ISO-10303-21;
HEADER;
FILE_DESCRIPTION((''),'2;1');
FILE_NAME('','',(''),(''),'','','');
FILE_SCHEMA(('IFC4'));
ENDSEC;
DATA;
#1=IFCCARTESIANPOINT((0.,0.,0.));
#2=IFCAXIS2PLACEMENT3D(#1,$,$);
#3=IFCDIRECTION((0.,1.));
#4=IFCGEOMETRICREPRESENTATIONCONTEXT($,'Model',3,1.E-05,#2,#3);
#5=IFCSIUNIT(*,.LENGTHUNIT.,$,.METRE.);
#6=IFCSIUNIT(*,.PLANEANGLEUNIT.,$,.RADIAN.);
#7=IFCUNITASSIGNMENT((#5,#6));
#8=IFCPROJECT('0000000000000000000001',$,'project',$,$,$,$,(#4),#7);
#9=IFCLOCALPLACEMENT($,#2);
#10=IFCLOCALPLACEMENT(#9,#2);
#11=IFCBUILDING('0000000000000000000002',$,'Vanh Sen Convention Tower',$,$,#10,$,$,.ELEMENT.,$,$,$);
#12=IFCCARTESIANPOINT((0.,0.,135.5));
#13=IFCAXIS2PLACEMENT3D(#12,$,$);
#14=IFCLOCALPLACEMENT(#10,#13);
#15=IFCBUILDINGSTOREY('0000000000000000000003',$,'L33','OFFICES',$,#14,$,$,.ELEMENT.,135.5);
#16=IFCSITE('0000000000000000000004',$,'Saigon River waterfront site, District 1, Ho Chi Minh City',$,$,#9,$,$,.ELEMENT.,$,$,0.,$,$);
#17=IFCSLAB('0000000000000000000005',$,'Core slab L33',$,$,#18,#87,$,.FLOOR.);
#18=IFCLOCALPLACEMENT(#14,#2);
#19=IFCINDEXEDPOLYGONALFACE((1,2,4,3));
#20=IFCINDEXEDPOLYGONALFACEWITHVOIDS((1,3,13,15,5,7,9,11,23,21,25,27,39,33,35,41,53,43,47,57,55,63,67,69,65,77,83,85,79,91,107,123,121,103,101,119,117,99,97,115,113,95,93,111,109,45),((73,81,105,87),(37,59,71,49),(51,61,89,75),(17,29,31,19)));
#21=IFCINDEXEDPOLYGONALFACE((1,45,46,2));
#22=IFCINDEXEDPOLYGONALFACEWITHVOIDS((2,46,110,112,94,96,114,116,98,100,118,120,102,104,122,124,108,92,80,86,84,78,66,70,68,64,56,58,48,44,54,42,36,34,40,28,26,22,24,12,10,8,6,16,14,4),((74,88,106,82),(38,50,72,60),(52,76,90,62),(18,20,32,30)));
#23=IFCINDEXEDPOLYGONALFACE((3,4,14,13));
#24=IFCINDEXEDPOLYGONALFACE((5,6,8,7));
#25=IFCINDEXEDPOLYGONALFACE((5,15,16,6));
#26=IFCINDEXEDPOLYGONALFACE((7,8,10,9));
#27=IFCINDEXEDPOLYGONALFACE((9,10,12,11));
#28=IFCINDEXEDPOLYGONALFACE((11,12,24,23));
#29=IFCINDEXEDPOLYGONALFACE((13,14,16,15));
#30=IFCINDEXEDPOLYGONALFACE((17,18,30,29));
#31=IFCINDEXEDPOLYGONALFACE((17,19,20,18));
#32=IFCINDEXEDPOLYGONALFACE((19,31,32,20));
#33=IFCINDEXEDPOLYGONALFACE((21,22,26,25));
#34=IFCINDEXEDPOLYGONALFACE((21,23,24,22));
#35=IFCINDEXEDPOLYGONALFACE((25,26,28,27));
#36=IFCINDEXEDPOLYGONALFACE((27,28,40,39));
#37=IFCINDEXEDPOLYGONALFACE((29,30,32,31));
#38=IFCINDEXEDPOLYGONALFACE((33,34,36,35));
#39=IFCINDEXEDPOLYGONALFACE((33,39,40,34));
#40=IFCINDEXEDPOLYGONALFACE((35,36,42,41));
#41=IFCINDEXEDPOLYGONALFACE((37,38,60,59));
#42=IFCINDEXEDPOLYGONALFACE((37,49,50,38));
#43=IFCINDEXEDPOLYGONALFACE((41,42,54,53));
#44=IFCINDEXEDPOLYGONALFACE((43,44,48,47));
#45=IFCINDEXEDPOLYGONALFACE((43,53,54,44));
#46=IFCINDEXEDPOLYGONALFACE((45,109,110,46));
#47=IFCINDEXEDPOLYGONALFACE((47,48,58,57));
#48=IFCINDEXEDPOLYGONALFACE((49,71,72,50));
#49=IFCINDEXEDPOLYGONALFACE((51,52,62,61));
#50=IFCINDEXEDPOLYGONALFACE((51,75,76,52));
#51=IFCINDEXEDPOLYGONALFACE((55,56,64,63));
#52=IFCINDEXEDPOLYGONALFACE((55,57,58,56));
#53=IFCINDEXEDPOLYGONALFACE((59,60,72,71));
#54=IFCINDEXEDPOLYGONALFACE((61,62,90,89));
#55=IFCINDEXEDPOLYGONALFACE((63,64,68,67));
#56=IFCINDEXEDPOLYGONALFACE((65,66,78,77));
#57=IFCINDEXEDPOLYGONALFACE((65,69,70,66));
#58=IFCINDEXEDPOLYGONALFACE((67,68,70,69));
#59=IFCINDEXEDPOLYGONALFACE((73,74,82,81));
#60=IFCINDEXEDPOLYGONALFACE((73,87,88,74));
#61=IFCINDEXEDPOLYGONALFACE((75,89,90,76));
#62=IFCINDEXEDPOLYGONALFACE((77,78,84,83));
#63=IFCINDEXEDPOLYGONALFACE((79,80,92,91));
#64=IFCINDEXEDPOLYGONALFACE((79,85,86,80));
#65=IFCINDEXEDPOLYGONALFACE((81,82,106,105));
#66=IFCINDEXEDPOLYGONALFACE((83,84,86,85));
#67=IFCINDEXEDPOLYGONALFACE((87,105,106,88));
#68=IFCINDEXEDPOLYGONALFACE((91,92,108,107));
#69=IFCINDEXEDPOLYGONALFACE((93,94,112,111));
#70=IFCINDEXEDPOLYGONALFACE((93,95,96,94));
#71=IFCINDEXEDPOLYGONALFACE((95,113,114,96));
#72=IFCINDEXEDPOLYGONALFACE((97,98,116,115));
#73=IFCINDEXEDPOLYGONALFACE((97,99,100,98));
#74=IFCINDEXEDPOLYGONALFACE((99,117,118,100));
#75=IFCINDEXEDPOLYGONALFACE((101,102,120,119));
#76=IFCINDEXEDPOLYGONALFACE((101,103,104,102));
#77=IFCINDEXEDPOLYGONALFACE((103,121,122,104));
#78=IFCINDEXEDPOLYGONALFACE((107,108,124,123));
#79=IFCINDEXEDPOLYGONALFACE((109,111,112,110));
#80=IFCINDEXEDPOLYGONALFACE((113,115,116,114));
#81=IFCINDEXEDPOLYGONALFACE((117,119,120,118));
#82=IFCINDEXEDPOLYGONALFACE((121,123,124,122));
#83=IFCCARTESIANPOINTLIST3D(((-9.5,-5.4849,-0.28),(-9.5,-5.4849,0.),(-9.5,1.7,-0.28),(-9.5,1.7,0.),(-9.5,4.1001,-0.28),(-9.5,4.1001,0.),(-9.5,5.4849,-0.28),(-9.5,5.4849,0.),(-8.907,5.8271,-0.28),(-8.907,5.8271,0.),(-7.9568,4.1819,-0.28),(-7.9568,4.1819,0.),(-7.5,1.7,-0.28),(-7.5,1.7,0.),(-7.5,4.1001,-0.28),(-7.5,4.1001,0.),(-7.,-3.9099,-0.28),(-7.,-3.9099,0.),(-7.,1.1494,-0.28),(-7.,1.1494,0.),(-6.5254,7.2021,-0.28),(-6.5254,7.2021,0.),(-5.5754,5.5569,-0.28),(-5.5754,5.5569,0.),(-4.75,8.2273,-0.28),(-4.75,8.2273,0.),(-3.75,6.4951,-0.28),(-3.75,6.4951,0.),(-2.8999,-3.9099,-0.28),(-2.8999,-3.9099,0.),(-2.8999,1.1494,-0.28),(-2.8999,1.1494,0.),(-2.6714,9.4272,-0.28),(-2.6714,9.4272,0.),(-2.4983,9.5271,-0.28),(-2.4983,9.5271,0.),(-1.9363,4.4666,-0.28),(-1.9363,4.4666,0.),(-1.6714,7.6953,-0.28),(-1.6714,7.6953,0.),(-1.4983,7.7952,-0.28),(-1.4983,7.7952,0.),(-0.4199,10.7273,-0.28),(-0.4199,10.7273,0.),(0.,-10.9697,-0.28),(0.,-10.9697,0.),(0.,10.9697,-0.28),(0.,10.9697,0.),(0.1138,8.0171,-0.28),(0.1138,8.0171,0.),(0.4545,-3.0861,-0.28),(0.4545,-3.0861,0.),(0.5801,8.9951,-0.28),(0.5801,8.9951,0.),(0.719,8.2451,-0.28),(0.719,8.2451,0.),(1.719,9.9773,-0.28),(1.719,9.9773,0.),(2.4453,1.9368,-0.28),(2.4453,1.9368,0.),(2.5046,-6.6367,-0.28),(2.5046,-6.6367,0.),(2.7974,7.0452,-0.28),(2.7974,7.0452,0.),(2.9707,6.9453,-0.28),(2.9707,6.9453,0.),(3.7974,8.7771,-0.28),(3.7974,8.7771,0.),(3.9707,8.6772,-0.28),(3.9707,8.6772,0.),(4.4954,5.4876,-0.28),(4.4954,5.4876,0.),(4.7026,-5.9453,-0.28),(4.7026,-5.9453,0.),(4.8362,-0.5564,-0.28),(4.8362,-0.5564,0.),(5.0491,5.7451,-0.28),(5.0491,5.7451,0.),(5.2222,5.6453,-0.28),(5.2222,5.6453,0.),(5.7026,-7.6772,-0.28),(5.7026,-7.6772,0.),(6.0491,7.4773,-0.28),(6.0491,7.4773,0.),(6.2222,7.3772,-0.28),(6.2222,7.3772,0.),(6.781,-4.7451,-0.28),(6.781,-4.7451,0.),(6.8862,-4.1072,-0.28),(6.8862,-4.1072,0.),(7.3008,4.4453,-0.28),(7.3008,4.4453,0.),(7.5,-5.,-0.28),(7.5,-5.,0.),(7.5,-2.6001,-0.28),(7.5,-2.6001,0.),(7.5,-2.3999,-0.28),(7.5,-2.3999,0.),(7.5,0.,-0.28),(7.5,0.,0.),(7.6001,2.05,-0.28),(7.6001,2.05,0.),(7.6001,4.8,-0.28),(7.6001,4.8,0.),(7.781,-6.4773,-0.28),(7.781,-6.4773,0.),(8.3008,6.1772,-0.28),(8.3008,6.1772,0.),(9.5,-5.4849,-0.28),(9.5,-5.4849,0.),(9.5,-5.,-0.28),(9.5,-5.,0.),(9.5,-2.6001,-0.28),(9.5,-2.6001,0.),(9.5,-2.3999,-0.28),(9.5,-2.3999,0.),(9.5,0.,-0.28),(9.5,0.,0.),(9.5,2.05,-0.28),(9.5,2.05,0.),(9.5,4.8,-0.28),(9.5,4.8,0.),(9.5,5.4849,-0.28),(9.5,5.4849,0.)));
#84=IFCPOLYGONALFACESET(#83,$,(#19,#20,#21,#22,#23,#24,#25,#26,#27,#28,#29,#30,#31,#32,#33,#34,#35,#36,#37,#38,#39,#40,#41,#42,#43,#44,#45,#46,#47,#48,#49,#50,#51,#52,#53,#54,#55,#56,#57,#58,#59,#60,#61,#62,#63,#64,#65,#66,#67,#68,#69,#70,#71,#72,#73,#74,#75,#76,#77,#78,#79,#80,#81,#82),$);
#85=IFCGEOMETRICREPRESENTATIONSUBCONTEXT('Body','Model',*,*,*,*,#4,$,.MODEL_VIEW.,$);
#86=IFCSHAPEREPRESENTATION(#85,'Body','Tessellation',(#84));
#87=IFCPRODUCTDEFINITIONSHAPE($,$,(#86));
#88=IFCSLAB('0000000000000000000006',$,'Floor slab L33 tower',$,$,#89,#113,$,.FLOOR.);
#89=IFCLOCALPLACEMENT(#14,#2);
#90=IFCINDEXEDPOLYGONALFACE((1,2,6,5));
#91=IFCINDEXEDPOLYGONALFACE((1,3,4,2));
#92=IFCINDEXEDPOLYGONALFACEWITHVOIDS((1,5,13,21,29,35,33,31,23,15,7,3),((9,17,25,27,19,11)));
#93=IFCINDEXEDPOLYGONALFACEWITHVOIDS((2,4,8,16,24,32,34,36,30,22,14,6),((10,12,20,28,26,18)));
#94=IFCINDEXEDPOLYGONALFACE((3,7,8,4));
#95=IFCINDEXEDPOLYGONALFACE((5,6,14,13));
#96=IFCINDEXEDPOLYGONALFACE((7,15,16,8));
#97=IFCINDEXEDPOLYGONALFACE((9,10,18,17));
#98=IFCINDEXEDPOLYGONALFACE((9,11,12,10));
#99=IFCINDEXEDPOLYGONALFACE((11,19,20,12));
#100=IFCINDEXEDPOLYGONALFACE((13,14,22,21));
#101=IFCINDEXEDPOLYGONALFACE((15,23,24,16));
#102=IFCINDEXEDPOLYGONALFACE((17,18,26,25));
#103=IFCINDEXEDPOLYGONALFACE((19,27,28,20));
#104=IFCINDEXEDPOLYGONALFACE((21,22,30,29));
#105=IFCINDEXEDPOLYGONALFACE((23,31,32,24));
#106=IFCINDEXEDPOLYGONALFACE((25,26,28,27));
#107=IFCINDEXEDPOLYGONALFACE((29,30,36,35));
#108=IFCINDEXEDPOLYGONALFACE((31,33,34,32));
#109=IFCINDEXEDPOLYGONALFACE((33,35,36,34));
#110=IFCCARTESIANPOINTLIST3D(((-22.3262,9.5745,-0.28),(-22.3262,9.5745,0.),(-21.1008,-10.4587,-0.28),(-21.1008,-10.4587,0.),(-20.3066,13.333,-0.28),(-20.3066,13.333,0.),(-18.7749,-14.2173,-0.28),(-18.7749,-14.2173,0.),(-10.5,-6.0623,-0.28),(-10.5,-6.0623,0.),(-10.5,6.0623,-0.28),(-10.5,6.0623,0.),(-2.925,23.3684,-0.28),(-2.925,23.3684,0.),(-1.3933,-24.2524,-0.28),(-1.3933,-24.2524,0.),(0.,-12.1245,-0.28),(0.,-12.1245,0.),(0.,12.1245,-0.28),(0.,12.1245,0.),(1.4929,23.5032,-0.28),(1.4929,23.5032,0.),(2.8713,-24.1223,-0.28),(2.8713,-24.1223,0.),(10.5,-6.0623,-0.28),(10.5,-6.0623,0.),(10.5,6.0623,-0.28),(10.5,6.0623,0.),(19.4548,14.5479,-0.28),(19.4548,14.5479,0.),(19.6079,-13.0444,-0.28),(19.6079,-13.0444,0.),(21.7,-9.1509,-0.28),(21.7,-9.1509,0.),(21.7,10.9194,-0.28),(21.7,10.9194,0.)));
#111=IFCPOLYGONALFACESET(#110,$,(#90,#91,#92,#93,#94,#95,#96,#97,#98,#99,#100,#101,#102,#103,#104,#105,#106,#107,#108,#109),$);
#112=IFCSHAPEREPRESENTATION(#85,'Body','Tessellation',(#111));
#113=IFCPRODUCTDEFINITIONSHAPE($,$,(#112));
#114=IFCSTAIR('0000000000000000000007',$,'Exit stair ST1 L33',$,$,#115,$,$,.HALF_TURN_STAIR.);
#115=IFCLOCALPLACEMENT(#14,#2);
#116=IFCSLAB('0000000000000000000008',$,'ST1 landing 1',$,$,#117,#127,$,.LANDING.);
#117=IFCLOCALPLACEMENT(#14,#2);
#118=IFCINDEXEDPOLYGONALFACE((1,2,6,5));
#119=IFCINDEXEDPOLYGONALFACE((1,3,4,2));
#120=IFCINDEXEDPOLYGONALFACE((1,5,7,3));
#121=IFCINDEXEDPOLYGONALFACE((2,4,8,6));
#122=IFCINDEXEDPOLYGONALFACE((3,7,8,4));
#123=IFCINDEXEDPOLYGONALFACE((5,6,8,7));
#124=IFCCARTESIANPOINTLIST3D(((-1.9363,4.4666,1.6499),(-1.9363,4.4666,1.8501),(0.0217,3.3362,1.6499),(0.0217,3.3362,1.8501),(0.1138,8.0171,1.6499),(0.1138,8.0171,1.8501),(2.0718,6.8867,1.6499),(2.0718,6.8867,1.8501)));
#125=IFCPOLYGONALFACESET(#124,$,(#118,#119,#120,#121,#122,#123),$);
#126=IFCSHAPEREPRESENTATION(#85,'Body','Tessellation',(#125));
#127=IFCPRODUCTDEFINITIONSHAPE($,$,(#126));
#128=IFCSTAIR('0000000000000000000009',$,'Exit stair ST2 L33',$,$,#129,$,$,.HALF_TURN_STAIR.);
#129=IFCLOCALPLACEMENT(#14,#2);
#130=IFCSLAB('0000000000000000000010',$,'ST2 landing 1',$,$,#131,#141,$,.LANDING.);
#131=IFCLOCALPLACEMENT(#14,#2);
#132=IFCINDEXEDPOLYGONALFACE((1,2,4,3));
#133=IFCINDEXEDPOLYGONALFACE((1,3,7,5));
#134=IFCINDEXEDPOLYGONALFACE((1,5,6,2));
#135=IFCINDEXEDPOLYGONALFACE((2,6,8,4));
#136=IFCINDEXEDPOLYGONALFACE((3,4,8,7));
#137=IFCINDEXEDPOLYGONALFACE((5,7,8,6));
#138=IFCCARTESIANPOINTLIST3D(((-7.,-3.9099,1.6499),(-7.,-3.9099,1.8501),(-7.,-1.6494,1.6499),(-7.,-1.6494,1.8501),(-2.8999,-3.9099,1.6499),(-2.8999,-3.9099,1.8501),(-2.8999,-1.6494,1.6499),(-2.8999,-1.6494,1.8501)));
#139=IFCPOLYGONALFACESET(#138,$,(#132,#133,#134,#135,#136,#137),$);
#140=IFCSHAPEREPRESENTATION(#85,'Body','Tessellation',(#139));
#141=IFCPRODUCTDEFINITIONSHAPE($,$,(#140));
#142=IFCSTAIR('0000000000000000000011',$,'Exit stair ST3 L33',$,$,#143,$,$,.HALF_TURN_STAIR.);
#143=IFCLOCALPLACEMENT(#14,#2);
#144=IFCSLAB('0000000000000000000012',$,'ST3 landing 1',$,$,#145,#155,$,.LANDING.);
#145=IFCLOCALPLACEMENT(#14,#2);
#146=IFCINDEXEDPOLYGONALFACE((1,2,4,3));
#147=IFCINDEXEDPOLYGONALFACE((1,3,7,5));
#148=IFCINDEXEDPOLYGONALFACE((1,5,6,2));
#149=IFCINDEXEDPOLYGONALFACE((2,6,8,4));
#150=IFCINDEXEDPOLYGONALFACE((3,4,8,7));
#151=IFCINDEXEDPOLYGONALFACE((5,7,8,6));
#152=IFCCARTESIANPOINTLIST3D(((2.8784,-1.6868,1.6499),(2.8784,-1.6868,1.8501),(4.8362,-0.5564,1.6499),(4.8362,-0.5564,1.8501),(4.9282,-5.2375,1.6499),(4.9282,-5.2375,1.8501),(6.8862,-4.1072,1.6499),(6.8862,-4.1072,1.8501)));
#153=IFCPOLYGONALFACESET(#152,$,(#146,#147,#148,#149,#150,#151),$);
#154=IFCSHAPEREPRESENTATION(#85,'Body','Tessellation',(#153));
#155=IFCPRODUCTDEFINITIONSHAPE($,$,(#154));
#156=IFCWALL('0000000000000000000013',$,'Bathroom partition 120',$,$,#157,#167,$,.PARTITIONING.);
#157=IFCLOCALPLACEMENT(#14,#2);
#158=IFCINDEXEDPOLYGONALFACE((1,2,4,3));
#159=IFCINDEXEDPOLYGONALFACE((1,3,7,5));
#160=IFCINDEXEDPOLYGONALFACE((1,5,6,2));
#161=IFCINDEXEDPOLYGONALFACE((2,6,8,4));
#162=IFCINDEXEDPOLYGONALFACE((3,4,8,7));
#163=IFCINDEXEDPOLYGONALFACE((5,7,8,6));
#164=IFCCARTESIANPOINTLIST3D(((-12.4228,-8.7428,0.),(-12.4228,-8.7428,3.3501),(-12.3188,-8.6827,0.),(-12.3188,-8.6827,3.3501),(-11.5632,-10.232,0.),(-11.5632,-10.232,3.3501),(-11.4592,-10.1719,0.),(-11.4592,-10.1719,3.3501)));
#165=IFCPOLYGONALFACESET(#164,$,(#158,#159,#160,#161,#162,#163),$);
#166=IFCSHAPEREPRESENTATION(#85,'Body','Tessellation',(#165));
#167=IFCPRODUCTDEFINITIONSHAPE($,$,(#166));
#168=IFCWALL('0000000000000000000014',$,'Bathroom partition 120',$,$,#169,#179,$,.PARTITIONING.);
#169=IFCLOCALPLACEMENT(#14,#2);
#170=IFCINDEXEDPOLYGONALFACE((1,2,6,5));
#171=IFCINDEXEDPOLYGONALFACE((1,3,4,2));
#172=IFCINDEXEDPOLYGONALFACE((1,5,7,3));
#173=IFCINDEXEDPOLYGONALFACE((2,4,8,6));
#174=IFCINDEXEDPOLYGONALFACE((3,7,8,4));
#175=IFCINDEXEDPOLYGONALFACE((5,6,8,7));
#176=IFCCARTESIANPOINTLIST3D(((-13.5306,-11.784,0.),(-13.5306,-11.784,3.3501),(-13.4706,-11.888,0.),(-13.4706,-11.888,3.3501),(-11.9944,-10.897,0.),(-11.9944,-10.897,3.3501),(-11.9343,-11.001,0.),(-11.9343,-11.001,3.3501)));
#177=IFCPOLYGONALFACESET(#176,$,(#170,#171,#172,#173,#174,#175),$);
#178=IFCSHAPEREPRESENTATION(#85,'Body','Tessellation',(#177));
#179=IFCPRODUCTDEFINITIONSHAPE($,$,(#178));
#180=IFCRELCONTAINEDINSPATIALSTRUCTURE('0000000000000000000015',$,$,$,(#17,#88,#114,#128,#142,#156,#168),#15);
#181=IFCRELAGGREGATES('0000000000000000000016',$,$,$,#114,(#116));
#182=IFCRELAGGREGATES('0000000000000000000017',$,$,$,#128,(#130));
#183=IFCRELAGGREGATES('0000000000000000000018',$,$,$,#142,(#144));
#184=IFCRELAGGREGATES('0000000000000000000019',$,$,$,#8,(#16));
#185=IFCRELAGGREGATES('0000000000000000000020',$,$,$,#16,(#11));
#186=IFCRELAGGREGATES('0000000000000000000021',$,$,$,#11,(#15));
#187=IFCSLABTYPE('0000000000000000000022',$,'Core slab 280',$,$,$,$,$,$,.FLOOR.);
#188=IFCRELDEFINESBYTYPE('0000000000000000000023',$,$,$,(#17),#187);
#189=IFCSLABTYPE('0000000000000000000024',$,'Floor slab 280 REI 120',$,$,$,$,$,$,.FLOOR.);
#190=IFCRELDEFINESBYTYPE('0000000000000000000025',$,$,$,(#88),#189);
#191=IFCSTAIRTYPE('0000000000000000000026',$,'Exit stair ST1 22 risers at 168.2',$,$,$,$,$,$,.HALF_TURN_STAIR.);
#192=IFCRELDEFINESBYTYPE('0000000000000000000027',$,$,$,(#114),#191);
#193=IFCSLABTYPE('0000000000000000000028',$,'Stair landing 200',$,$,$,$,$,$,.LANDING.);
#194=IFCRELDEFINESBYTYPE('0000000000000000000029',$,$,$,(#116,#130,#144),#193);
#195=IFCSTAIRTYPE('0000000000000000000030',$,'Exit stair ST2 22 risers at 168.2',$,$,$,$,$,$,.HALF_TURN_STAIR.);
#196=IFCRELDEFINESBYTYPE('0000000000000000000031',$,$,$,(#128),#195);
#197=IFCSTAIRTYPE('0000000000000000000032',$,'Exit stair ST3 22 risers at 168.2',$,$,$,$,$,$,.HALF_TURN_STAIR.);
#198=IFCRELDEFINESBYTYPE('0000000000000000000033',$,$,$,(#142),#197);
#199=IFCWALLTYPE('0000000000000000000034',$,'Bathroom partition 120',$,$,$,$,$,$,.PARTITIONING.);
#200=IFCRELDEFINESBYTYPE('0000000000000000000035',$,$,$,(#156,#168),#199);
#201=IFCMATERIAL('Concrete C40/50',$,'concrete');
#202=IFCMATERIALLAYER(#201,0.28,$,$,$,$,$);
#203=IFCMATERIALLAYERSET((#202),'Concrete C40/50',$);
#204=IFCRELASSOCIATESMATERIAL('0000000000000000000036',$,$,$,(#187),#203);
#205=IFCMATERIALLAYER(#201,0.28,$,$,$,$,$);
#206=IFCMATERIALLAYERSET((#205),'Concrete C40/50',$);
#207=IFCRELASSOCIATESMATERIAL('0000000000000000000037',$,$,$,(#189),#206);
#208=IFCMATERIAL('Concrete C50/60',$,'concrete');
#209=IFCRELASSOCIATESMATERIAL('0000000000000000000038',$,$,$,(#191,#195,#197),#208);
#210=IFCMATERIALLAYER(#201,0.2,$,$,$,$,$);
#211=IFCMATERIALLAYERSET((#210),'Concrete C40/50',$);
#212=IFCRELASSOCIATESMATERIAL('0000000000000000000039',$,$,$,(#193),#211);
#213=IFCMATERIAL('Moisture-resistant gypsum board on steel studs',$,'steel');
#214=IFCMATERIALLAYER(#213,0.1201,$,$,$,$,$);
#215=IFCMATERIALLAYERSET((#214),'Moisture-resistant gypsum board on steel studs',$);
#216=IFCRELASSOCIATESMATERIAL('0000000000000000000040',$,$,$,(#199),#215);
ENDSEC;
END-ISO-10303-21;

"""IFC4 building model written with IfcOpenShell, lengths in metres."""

from ifc_helpers import new_model, si_unit, direction, frame, frame_2d, origin, place, context, subcontext, project, spatial, polyline, rectangle, outline, extrude, material, layer, layer_set, type_object, element, aggregate, save


model = new_model("IFC4")

# Units and contexts
model_context = context("Model", 3, precision=1e-05, world=origin(), true_north=direction((0.0, 1.0)))
body_context = subcontext(model_context, "Body", "Model", "MODEL_VIEW")
ifc_project = project(units=[si_unit("LENGTHUNIT", "METRE"), si_unit("PLANEANGLEUNIT", "RADIAN")], contexts=[model_context])

# Site, building, storey
site_placement = place(None, origin())
site = spatial("IfcSite", under=ifc_project, at=site_placement, Name="Saigon River waterfront site, District 1, Ho Chi Minh City", CompositionType="ELEMENT", RefElevation=0.0)
building_placement = place(site_placement, origin())
building = spatial("IfcBuilding", under=site, at=building_placement, Name="Vanh Sen Convention Tower", CompositionType="ELEMENT")
storey_placement = place(building_placement, frame((0.0, 0.0, 135.5)))
storey = spatial("IfcBuildingStorey", under=building, at=storey_placement, Name="L33", Description="OFFICES", CompositionType="ELEMENT", Elevation=135.5)

# Slabs
ifc_material_1 = material(Name="Concrete C40/50", Category="concrete")
ifc_layer_1 = layer(ifc_material_1, 0.28)
ifc_layer_set_1 = layer_set([ifc_layer_1], Name="Concrete C40/50")
slab_type_1 = type_object("IfcSlabType", Name="Core slab 280", PredefinedType="FLOOR", material=ifc_layer_set_1)
slab_1_placement = place(storey_placement, frame((0.0, 0.0, -0.28)))
element("IfcSlab", 1, at=slab_1_placement, inside=storey, type_object=slab_type_1, Name="Core slab L33", PredefinedType="FLOOR", context=body_context, shape_type="SweptSolid", body=[
    extrude(outline(polyline([(9.5, 5.4849), (9.5, 4.8), (7.6001, 4.8), (7.6001, 2.05), (9.5, 2.05), (9.5, 0.0), (7.5, 0.0), (7.5, -2.3999), (9.5, -2.3999), (9.5, -2.6001), (7.5, -2.6001), (7.5, -5.0), (9.5, -5.0), (9.5, -5.4849), (0.0, -10.9697), (-9.5, -5.4849), (-9.5, 1.7), (-7.5, 1.7), (-7.5, 4.1001), (-9.5, 4.1001), (-9.5, 5.4849), (-8.907, 5.8271), (-7.9568, 4.1819), (-5.5754, 5.5569), (-6.5254, 7.2021), (-4.75, 8.2273), (-3.75, 6.4951), (-1.6714, 7.6953), (-2.6714, 9.4272), (-2.4983, 9.5271), (-1.4983, 7.7952), (0.5801, 8.9951), (-0.4199, 10.7273), (0.0, 10.9697), (1.719, 9.9773), (0.719, 8.2451), (2.7974, 7.0452), (3.7974, 8.7771), (3.9707, 8.6772), (2.9707, 6.9453), (5.0491, 5.7451), (6.0491, 7.4773), (6.2222, 7.3772), (5.2222, 5.6453), (7.3008, 4.4453), (8.3008, 6.1772), (9.5, 5.4849)]), holes=[polyline([(-7.0, 3.1499), (-7.0, -3.9099), (-2.8999, -3.9099), (-2.8999, 3.1499), (-2.8999, 1.1494), (-7.0, 1.1494), (-7.0, 3.1499)]), polyline([(4.4954, 5.4875), (6.228, 4.4873), (0.1138, 8.0171), (-1.9363, 4.4666), (2.4453, 1.9368), (4.4954, 5.4875)]), polyline([(7.781, -6.4773), (6.781, -4.7451), (4.7026, -5.9453), (5.7026, -7.6772), (7.781, -6.4773)]), polyline([(0.4546, -3.0862), (2.5046, -6.6367), (6.8862, -4.1072), (4.8362, -0.5564), (-1.2781, -4.0864), (0.4546, -3.0862)])]), origin(), (0.0, 0.0, 1.0), 0.28),
])
ifc_layer_2 = layer(ifc_material_1, 0.28)
ifc_layer_set_2 = layer_set([ifc_layer_2], Name="Concrete C40/50")
slab_type_2 = type_object("IfcSlabType", Name="Floor slab 280 REI 120", PredefinedType="FLOOR", material=ifc_layer_set_2)
slab_2_placement = place(storey_placement, frame((0.0, 0.0, -0.28)))
element("IfcSlab", 2, at=slab_2_placement, inside=storey, type_object=slab_type_2, Name="Floor slab L33 tower", PredefinedType="FLOOR", context=body_context, shape_type="SweptSolid", body=[
    extrude(outline(polyline([(21.7, -9.1509), (21.7, 10.9194), (19.4548, 14.5479), (1.4929, 23.5032), (-2.925, 23.3684), (-20.3066, 13.333), (-22.3262, 9.5745), (-21.1008, -10.4587), (-18.7749, -14.2173), (-1.3933, -24.2524), (2.8713, -24.1223), (19.6079, -13.0444), (21.7, -9.1509)]), holes=[polyline([(0.0, 12.1245), (-10.5, 6.0623), (-10.5, -6.0623), (0.0, -12.1245), (10.5, -6.0623), (10.5, 6.0623), (0.0, 12.1245)])]), origin(), (0.0, 0.0, 1.0), 0.28),
])

# Stairs, slabs
ifc_material_2 = material(Name="Concrete C50/60", Category="concrete")
stair_type_1 = type_object("IfcStairType", Name="Exit stair ST1 22 risers at 168.2", PredefinedType="HALF_TURN_STAIR", material=ifc_material_2)
stair_1_placement = place(storey_placement, origin())
stair_1 = element("IfcStair", 3, at=stair_1_placement, inside=storey, type_object=stair_type_1, Name="Exit stair ST1 L33", PredefinedType="HALF_TURN_STAIR")
ifc_layer_3 = layer(ifc_material_1, 0.2)
ifc_layer_set_3 = layer_set([ifc_layer_3], Name="Concrete C40/50")
slab_type_3 = type_object("IfcSlabType", Name="Stair landing 200", PredefinedType="LANDING", material=ifc_layer_set_3)
slab_3_placement = place(storey_placement, frame((0.0, 0.0, 1.6499)))
slab_3 = element("IfcSlab", 4, at=slab_3_placement, type_object=slab_type_3, Name="ST1 landing 1", PredefinedType="LANDING", context=body_context, shape_type="SweptSolid", body=[
    extrude(outline(polyline([(2.0718, 6.8867), (0.1138, 8.0171), (-1.9363, 4.4666), (0.0217, 3.3362), (2.0718, 6.8867)])), origin(), (0.0, 0.0, 1.0), 0.2002),
])
aggregate(stair_1, [slab_3])
stair_type_2 = type_object("IfcStairType", Name="Exit stair ST2 22 risers at 168.2", PredefinedType="HALF_TURN_STAIR", material=ifc_material_2)
stair_2_placement = place(storey_placement, origin())
stair_2 = element("IfcStair", 5, at=stair_2_placement, inside=storey, type_object=stair_type_2, Name="Exit stair ST2 L33", PredefinedType="HALF_TURN_STAIR")
slab_4_placement = place(storey_placement, frame((0.0, 0.0, 1.6499)))
slab_4 = element("IfcSlab", 6, at=slab_4_placement, type_object=slab_type_3, Name="ST2 landing 1", PredefinedType="LANDING", context=body_context, shape_type="SweptSolid", body=[
    extrude(outline(polyline([(-7.0, -1.6494), (-7.0, -3.9099), (-2.8999, -3.9099), (-2.8999, -1.6494), (-7.0, -1.6494)])), origin(), (0.0, 0.0, 1.0), 0.2002),
])
aggregate(stair_2, [slab_4])
stair_type_3 = type_object("IfcStairType", Name="Exit stair ST3 22 risers at 168.2", PredefinedType="HALF_TURN_STAIR", material=ifc_material_2)
stair_3_placement = place(storey_placement, origin())
stair_3 = element("IfcStair", 7, at=stair_3_placement, inside=storey, type_object=stair_type_3, Name="Exit stair ST3 L33", PredefinedType="HALF_TURN_STAIR")
slab_5_placement = place(storey_placement, frame((0.0, 0.0, 1.6499)))
slab_5 = element("IfcSlab", 8, at=slab_5_placement, type_object=slab_type_3, Name="ST3 landing 1", PredefinedType="LANDING", context=body_context, shape_type="SweptSolid", body=[
    extrude(outline(polyline([(4.9282, -5.2375), (6.8862, -4.1072), (4.8362, -0.5564), (2.8784, -1.6868), (4.9282, -5.2375)])), origin(), (0.0, 0.0, 1.0), 0.2002),
])
aggregate(stair_3, [slab_5])

# Walls
ifc_material_3 = material(Name="Moisture-resistant gypsum board on steel studs", Category="steel")
ifc_layer_4 = layer(ifc_material_3, 0.1201)
ifc_layer_set_4 = layer_set([ifc_layer_4], Name="Moisture-resistant gypsum board on steel studs")
wall_type_1 = type_object("IfcWallType", Name="Bathroom partition 120", PredefinedType="PARTITIONING", material=ifc_layer_set_4)
wall_1_placement = place(storey_placement, frame((-12.3708, -8.7126, 0.0), z_axis=(0.0, 0.0, 1.0), x_axis=(0.499911, -0.866077, 0.0)))
element("IfcWall", 9, at=wall_1_placement, inside=storey, type_object=wall_type_1, Name="Bathroom partition 120", PredefinedType="PARTITIONING", context=body_context, shape_type="SweptSolid", body=[
    extrude(rectangle(XDim=1.7195, YDim=0.1201, at=frame_2d((0.8599, 0.0))), origin(), (0.0, 0.0, 1.0), 3.3501),
])
wall_2_placement = place(storey_placement, frame((-11.9644, -10.949, 0.0), z_axis=(0.0, 0.0, 1.0), x_axis=(-0.866007, -0.500032, 0.0)))
element("IfcWall", 10, at=wall_2_placement, inside=storey, type_object=wall_type_1, Name="Bathroom partition 120", PredefinedType="PARTITIONING", context=body_context, shape_type="SweptSolid", body=[
    extrude(rectangle(XDim=1.7739, YDim=0.1201, at=frame_2d((0.887, 0.0))), origin(), (0.0, 0.0, 1.0), 3.3501),
])

save(model, "model.ifc")
